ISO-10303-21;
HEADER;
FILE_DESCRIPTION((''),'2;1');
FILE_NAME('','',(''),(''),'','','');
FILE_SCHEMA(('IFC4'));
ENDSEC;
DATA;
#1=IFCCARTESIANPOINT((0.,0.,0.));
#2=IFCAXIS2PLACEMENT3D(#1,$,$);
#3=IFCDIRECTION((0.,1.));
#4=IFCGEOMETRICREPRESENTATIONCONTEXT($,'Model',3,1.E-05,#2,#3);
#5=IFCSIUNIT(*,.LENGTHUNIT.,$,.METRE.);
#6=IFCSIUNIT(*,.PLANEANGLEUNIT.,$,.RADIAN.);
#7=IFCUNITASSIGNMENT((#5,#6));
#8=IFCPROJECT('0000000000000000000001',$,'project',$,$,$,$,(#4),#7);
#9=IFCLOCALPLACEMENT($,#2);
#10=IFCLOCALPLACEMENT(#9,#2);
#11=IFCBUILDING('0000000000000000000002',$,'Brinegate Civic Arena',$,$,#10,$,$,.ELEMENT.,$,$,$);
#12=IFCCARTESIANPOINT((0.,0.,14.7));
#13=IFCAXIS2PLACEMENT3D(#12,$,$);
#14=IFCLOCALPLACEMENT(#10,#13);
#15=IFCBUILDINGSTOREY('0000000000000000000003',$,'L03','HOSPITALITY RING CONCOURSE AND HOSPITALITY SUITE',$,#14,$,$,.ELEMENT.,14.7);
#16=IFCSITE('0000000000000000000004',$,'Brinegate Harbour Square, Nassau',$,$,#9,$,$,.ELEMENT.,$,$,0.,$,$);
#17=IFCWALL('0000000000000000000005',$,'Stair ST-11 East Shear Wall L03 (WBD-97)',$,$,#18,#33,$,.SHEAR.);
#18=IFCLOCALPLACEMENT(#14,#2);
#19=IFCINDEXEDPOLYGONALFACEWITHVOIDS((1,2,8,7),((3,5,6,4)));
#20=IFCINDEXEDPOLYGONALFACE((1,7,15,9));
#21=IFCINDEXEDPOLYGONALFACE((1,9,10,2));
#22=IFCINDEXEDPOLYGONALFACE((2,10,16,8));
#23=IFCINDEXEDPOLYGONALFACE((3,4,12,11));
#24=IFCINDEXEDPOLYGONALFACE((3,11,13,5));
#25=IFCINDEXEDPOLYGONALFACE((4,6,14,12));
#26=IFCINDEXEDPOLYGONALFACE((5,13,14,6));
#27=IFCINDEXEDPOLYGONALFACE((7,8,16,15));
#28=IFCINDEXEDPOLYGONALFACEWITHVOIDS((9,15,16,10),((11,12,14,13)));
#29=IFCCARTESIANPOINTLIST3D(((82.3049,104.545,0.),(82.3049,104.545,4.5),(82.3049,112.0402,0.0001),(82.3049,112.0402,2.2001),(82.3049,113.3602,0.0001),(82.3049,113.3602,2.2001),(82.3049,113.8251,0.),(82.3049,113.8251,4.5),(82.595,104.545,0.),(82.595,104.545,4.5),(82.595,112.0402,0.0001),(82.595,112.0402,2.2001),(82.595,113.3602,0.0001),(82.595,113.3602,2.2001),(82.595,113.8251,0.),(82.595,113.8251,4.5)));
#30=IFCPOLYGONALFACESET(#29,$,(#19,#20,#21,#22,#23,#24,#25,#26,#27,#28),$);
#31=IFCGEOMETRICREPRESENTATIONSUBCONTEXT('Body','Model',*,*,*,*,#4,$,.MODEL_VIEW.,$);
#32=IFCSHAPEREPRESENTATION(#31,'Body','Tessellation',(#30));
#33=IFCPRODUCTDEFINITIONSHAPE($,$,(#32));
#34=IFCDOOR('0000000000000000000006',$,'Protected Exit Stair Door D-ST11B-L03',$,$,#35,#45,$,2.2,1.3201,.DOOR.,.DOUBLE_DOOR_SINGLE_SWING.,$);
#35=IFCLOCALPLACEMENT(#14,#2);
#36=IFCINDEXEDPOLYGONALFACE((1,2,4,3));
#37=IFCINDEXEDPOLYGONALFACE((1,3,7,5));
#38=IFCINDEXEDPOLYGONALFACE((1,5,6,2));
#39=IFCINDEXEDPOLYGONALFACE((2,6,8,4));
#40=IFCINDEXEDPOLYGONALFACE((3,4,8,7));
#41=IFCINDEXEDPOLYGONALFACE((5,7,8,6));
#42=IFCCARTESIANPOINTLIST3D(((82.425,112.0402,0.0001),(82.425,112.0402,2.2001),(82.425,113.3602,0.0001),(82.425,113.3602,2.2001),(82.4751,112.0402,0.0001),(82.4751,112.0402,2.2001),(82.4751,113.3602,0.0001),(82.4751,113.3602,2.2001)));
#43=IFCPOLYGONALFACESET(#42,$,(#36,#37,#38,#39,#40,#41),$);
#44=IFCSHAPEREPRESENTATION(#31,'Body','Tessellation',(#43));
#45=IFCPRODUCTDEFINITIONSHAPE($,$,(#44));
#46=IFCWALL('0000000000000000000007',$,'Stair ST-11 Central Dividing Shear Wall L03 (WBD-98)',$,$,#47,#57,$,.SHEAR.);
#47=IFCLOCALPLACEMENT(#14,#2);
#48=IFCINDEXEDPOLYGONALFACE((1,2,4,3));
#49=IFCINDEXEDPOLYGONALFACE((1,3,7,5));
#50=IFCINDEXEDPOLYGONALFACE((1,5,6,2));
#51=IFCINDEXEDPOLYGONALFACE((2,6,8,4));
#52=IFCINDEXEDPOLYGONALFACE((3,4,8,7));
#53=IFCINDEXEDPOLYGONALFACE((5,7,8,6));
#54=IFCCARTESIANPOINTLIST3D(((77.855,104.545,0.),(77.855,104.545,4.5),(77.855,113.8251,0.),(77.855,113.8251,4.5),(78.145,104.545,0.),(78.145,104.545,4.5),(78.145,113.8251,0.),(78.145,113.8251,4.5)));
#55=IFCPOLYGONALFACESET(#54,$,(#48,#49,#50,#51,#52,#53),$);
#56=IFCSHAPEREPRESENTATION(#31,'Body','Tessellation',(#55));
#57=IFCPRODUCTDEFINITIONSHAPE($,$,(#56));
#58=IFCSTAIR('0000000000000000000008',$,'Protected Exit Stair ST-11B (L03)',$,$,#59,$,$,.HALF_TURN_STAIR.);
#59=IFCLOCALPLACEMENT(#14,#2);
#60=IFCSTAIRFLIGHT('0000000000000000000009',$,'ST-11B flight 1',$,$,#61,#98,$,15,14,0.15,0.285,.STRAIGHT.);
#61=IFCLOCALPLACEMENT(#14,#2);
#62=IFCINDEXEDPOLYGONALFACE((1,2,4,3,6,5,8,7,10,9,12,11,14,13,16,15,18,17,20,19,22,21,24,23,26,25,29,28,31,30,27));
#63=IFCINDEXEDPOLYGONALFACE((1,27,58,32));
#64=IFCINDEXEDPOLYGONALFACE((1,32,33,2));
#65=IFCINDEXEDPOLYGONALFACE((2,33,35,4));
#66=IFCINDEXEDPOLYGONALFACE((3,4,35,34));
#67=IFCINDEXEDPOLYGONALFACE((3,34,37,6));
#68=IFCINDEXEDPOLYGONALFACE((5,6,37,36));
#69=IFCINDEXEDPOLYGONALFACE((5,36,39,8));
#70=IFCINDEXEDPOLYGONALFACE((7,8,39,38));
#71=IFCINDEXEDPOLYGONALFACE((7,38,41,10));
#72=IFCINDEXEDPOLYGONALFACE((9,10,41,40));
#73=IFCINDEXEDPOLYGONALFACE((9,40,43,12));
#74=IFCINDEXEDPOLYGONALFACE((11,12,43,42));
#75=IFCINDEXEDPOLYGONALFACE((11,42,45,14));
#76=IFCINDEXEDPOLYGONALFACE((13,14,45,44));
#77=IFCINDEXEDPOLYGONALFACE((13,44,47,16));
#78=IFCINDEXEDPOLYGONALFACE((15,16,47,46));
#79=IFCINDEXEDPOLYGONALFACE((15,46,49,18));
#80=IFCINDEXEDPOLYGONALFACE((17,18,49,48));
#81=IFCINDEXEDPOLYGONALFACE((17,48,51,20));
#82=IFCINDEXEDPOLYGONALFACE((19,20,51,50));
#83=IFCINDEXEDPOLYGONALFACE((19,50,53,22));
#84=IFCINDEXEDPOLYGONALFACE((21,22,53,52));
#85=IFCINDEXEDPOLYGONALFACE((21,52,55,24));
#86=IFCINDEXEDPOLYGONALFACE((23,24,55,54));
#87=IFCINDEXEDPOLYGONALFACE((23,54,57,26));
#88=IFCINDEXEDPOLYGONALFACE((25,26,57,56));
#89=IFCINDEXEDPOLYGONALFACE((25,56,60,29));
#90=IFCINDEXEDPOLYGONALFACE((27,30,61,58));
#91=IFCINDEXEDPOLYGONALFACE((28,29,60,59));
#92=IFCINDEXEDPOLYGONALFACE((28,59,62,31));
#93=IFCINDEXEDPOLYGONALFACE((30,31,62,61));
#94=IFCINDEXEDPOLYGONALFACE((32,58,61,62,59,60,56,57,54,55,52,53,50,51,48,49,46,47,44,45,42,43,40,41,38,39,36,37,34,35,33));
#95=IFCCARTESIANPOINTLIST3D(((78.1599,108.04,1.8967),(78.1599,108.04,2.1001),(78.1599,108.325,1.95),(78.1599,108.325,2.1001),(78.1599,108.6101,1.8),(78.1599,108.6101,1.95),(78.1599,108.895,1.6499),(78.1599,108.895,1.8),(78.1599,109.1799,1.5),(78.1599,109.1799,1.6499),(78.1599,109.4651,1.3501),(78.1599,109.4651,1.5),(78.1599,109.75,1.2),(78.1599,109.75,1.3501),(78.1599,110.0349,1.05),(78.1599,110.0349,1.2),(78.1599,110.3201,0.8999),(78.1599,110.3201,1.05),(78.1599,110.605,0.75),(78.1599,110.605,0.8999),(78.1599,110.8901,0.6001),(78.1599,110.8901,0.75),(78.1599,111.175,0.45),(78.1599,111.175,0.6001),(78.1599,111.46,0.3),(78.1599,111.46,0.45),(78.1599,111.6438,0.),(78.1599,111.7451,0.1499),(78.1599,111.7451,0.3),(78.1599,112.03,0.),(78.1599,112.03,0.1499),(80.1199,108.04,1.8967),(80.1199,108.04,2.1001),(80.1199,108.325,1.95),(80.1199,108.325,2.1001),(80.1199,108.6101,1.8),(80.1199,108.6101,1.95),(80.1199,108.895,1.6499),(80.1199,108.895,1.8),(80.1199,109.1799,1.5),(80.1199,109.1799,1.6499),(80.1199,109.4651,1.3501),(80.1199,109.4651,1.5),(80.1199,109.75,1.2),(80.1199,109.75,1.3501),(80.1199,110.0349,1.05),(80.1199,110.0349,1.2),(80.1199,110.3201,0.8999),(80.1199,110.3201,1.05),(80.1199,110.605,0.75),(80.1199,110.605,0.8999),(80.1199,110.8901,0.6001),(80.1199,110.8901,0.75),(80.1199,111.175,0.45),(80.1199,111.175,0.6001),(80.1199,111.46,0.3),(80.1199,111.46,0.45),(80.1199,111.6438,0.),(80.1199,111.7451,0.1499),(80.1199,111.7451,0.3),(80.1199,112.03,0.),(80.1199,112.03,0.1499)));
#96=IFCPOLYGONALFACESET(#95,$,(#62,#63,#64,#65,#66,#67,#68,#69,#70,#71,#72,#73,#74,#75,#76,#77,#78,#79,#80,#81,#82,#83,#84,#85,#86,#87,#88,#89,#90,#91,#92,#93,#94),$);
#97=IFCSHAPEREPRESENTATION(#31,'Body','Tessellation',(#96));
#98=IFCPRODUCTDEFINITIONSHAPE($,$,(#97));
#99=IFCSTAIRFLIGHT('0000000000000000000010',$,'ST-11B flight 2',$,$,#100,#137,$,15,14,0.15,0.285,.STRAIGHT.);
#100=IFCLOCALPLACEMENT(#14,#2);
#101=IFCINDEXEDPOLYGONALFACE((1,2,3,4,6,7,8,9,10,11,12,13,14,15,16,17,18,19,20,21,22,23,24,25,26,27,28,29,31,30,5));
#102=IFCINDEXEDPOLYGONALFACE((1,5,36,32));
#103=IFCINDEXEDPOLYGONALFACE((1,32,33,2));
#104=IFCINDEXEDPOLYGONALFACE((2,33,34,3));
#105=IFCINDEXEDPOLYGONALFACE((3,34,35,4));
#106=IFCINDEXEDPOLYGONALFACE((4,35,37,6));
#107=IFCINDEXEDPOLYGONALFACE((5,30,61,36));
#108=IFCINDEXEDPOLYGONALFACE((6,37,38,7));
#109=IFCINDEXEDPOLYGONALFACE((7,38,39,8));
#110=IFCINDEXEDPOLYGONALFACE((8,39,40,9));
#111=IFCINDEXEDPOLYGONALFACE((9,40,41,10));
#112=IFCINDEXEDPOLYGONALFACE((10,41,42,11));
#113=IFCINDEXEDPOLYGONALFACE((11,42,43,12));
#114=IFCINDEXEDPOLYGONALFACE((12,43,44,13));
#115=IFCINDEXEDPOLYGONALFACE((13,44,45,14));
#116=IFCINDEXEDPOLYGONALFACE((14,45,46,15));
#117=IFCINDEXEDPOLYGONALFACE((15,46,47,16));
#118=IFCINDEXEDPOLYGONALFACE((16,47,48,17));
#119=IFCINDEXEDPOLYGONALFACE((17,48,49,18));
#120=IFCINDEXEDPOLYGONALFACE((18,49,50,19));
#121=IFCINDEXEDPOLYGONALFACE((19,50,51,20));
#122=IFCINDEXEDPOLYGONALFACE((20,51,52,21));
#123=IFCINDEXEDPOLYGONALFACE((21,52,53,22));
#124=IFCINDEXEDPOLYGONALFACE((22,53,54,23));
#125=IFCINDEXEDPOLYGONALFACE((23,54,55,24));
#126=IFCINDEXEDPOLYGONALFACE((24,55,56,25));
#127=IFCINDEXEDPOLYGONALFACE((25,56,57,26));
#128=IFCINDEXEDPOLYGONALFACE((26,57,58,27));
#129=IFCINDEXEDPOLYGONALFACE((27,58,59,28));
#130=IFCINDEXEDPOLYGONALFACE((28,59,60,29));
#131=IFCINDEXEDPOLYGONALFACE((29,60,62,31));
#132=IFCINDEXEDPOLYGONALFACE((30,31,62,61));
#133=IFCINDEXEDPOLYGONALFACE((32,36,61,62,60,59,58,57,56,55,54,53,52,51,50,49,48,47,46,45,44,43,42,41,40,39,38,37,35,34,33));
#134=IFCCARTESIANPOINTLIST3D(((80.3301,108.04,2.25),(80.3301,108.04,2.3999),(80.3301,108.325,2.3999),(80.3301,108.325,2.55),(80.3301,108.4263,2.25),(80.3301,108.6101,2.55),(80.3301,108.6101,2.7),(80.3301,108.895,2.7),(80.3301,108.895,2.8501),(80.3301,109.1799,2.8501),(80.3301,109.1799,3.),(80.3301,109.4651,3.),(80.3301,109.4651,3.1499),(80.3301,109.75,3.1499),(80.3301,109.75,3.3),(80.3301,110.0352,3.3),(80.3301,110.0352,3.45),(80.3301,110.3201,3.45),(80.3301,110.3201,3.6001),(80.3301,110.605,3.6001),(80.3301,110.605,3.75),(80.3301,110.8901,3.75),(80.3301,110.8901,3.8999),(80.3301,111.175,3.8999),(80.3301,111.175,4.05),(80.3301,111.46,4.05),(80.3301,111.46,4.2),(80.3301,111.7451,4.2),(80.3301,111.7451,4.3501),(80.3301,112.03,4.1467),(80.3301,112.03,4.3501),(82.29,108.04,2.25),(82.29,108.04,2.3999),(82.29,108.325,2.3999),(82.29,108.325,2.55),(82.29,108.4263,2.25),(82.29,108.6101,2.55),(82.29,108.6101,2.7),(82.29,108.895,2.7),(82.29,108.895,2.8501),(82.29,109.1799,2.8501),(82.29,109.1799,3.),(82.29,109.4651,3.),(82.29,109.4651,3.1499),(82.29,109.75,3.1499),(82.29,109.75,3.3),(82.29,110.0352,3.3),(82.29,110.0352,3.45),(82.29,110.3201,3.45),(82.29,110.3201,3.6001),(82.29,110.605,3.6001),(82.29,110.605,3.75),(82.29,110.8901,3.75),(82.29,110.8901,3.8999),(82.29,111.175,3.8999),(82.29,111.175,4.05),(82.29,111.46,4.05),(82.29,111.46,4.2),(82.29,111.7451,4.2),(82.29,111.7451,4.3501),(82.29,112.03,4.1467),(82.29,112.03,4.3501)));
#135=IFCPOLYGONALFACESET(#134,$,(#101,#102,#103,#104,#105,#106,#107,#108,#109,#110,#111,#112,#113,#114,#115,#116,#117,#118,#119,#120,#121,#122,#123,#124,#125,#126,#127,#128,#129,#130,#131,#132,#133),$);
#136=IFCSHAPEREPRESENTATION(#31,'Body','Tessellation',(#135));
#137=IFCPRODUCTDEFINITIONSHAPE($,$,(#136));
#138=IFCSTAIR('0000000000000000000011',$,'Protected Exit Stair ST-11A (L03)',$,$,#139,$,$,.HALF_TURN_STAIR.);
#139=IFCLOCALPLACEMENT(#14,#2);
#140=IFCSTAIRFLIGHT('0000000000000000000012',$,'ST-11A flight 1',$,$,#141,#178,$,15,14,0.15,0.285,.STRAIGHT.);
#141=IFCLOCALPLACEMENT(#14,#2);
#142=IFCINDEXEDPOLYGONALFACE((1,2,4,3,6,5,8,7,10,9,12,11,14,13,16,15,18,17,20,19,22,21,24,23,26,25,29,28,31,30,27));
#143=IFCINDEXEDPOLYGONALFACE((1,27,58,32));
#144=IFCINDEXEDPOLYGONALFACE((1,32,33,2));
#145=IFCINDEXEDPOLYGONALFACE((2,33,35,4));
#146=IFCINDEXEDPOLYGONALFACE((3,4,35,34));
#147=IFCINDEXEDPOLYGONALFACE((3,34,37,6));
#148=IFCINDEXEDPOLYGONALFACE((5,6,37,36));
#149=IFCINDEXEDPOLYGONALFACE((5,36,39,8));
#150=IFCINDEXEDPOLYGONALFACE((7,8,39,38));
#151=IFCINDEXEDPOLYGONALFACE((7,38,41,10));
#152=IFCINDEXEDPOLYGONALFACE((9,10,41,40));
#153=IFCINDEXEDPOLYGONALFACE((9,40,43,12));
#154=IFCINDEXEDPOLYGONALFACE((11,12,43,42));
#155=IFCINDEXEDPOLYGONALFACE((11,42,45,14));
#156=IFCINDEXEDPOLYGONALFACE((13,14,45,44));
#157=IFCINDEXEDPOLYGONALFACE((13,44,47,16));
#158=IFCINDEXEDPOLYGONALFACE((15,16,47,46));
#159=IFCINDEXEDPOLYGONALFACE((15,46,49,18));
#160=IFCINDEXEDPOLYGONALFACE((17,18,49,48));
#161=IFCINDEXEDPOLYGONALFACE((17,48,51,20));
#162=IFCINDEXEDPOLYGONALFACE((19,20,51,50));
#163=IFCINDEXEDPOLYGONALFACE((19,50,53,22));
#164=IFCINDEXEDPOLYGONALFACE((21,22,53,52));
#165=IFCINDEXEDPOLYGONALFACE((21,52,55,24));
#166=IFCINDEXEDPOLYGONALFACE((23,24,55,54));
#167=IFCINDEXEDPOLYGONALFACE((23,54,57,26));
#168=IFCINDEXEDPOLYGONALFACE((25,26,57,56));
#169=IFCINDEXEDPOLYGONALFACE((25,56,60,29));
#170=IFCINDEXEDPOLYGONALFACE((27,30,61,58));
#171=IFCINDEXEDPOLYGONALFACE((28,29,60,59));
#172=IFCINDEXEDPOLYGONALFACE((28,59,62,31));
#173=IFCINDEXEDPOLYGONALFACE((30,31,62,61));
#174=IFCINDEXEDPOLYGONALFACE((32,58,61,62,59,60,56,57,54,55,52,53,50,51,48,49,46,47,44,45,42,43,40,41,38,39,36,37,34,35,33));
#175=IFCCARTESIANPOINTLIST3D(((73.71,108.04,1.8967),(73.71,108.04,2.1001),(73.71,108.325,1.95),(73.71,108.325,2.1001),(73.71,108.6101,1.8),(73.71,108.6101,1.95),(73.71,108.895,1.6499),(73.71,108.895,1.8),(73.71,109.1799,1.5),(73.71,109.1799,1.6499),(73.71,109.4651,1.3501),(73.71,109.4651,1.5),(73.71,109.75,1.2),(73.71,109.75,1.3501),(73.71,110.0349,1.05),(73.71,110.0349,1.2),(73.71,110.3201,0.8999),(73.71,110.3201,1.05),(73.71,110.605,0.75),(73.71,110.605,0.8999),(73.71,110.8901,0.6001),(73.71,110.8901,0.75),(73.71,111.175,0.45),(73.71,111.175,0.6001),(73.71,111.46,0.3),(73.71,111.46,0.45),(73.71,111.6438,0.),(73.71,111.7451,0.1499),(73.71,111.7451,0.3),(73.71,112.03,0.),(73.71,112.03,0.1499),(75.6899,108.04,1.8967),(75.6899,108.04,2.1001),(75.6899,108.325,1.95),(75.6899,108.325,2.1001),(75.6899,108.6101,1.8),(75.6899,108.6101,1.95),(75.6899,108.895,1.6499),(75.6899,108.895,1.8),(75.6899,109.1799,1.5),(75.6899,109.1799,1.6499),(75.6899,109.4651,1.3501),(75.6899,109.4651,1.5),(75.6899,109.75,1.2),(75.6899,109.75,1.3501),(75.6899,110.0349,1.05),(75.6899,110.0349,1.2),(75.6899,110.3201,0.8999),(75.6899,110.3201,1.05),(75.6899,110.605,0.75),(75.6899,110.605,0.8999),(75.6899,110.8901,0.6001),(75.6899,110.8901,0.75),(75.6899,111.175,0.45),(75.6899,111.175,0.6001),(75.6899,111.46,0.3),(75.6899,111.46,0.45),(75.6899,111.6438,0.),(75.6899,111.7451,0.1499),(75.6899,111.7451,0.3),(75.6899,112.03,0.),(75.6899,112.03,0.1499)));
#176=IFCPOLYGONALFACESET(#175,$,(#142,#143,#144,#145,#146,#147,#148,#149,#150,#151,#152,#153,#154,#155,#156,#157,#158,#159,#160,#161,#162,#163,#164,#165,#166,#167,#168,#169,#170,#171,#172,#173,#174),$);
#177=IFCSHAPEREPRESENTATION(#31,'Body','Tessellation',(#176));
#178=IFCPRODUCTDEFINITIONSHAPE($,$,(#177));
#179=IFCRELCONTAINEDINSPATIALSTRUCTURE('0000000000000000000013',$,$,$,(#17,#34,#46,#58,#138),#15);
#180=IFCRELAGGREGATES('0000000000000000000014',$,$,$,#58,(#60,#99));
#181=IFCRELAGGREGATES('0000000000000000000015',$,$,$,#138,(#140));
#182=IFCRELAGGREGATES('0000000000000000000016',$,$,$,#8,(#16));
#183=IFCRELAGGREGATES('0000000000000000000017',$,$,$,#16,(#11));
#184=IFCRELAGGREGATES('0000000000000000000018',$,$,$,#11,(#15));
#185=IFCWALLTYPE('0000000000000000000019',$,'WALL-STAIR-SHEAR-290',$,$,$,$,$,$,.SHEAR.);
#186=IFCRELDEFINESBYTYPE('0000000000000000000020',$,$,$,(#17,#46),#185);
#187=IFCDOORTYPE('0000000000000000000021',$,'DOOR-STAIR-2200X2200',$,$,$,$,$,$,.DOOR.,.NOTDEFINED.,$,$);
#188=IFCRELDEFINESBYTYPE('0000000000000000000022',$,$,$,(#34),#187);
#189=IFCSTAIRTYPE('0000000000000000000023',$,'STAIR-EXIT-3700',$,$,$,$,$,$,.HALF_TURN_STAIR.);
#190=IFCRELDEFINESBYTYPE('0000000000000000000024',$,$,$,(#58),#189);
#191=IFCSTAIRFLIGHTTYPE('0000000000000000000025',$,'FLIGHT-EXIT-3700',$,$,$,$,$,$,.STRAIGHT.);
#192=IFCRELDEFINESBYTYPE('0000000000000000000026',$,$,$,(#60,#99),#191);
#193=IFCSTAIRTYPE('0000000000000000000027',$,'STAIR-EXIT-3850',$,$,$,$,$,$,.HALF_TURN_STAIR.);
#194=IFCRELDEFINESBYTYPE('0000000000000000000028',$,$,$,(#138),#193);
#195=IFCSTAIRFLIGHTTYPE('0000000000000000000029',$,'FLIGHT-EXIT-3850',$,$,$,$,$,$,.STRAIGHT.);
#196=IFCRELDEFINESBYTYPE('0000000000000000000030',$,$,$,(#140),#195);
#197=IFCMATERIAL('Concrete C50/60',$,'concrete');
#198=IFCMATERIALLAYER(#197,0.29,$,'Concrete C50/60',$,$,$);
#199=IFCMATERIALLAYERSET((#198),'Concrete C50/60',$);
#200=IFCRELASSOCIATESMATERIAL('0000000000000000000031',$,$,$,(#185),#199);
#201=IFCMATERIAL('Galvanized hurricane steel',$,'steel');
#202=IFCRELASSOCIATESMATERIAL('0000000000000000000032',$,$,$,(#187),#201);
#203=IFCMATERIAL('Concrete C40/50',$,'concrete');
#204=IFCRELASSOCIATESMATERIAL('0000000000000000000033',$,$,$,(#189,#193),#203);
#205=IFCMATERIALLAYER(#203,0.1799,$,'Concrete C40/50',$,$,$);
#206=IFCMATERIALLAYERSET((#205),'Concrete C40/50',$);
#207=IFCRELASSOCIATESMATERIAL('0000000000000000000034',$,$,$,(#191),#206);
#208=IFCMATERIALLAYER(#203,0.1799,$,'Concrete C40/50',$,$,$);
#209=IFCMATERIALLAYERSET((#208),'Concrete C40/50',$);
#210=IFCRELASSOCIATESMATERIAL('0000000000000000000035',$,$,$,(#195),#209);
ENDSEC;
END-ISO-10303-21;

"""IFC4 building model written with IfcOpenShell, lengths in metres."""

from ifc_helpers import new_model, si_unit, direction, frame, frame_2d, origin, place, context, subcontext, project, spatial, polyline, rectangle, outline, extrude, material, layer, layer_set, type_object, element, fill, aggregate, save


model = new_model("IFC4")

# Units and contexts
model_context = context("Model", 3, precision=1e-05, world=origin(), true_north=direction((0.0, 1.0)))
body_context = subcontext(model_context, "Body", "Model", "MODEL_VIEW")
ifc_project = project(units=[si_unit("LENGTHUNIT", "METRE"), si_unit("PLANEANGLEUNIT", "RADIAN")], contexts=[model_context])

# Site, building, storey
site_placement = place(None, origin())
site = spatial("IfcSite", under=ifc_project, at=site_placement, Name="Brinegate Harbour Square, Nassau", CompositionType="ELEMENT", RefElevation=0.0)
building_placement = place(site_placement, origin())
building = spatial("IfcBuilding", under=site, at=building_placement, Name="Brinegate Civic Arena", CompositionType="ELEMENT")
storey_placement = place(building_placement, frame((0.0, 0.0, 14.7)))
storey = spatial("IfcBuildingStorey", under=building, at=storey_placement, Name="L03", Description="HOSPITALITY RING CONCOURSE AND HOSPITALITY SUITE", CompositionType="ELEMENT", Elevation=14.7)

# Shared definitions
ifc_material_1 = material(Name="Concrete C50/60", Category="concrete")

# Wall, opening, door
ifc_layer_1 = layer(ifc_material_1, 0.29, Name="Concrete C50/60")
ifc_layer_set_1 = layer_set([ifc_layer_1], Name="Concrete C50/60")
wall_type_1 = type_object("IfcWallType", Name="WALL-STAIR-SHEAR-290", PredefinedType="SHEAR", material=ifc_layer_set_1)
ifc_material_2 = material(Name="Galvanized hurricane steel", Category="steel")
wall_1_placement = place(storey_placement, frame((82.45, 104.5449, 0.0), z_axis=(0.0, 0.0, 1.0), x_axis=(0.0, 1.0, 0.0)))
wall_1 = element("IfcWall", 1, at=wall_1_placement, inside=storey, type_object=wall_type_1, Name="Stair ST-11 East Shear Wall L03 (WBD-97)", PredefinedType="SHEAR", context=body_context, shape_type="SweptSolid", body=[
    extrude(rectangle(XDim=9.28, YDim=0.29, at=frame_2d((4.6401, 0.0))), origin(), (0.0, 0.0, 1.0), 4.5),
])
opening_1_placement = place(wall_1_placement, frame((7.4951, 0.0, 0.0)))
opening_1 = element("IfcOpeningElement", 2, at=opening_1_placement, cuts=wall_1, PredefinedType="OPENING", context=body_context, shape_type="SweptSolid", body=[
    extrude(rectangle(XDim=1.3201, YDim=2.2, at=frame_2d((0.6602, 1.1001))), frame((0.0, 0.155, 0.0), z_axis=(0.0, -1.0, 0.0), x_axis=(1.0, 0.0, 0.0)), (0.0, 0.0, 1.0), 0.3101),
])
door_type_1 = type_object("IfcDoorType", Name="DOOR-STAIR-2200X2200", OperationType="NOTDEFINED", PredefinedType="DOOR", material=ifc_material_2)
door_1_placement = place(opening_1_placement, origin())
door_1 = element("IfcDoor", 3, at=door_1_placement, inside=storey, type_object=door_type_1, Name="Protected Exit Stair Door D-ST11B-L03", OperationType="DOUBLE_DOOR_SINGLE_SWING", OverallHeight=2.2, OverallWidth=1.3201, PredefinedType="DOOR", context=body_context, shape_type="SweptSolid", body=[
    extrude(rectangle(XDim=1.3201, YDim=2.2, at=frame_2d((0.6602, 1.1001))), frame((0.0, 0.0249, 0.0), z_axis=(0.0, -1.0, 0.0), x_axis=(1.0, 0.0, 0.0)), (0.0, 0.0, 1.0), 0.05),
])
fill(opening_1, door_1)

# Wall
wall_2_placement = place(storey_placement, frame((78.0, 104.5449, 0.0), z_axis=(0.0, 0.0, 1.0), x_axis=(0.0, 1.0, 0.0)))
element("IfcWall", 4, at=wall_2_placement, inside=storey, type_object=wall_type_1, Name="Stair ST-11 Central Dividing Shear Wall L03 (WBD-98)", PredefinedType="SHEAR", context=body_context, shape_type="SweptSolid", body=[
    extrude(rectangle(XDim=9.28, YDim=0.29, at=frame_2d((4.6401, 0.0))), origin(), (0.0, 0.0, 1.0), 4.5),
])

# Stairs, stair flights
ifc_material_3 = material(Name="Concrete C40/50", Category="concrete")
stair_type_1 = type_object("IfcStairType", Name="STAIR-EXIT-3700", PredefinedType="HALF_TURN_STAIR", material=ifc_material_3)
stair_1_placement = place(storey_placement, origin())
stair_1 = element("IfcStair", 5, at=stair_1_placement, inside=storey, type_object=stair_type_1, Name="Protected Exit Stair ST-11B (L03)", PredefinedType="HALF_TURN_STAIR")
ifc_layer_2 = layer(ifc_material_3, 0.1799, Name="Concrete C40/50")
ifc_layer_set_2 = layer_set([ifc_layer_2], Name="Concrete C40/50")
stair_flight_type_1 = type_object("IfcStairFlightType", Name="FLIGHT-EXIT-3700", PredefinedType="STRAIGHT", material=ifc_layer_set_2)
stair_flight_1_placement = place(storey_placement, frame((79.1399, 112.03, 0.0), z_axis=(0.0, 0.0, 1.0), x_axis=(0.0, -1.0, 0.0)))
stair_flight_1 = element("IfcStairFlight", 6, at=stair_flight_1_placement, type_object=stair_flight_type_1, Name="ST-11B flight 1", NumberOfRisers=15, NumberOfTreads=14, PredefinedType="STRAIGHT", RiserHeight=0.15, TreadLength=0.285, context=body_context, shape_type="SweptSolid", body=[
    extrude(outline(polyline([(0.0, 0.0), (0.0, 0.1499), (0.2849, 0.1499), (0.2849, 0.3), (0.5701, 0.3), (0.5701, 0.45), (0.855, 0.45), (0.855, 0.6001), (1.1399, 0.6001), (1.1399, 0.75), (1.425, 0.75), (1.425, 0.8999), (1.71, 0.8999), (1.71, 1.05), (1.9951, 1.05), (1.9951, 1.2), (2.28, 1.2), (2.28, 1.3501), (2.5649, 1.3501), (2.5649, 1.5), (2.8501, 1.5), (2.8501, 1.6499), (3.135, 1.6499), (3.135, 1.8), (3.4199, 1.8), (3.4199, 1.95), (3.7051, 1.95), (3.7051, 2.1001), (3.99, 2.1001), (3.99, 2.25), (3.99, 1.8967), (0.3862, 0.0), (0.0, 0.0)])), frame((0.0, 0.98, 0.0), z_axis=(0.0, -1.0, 0.0), x_axis=(1.0, 0.0, 0.0)), (0.0, 0.0, 1.0), 1.96),
])
stair_flight_2_placement = place(storey_placement, frame((81.3101, 108.04, 2.25), z_axis=(0.0, 0.0, 1.0), x_axis=(0.0, 1.0, 0.0)))
stair_flight_2 = element("IfcStairFlight", 7, at=stair_flight_2_placement, type_object=stair_flight_type_1, Name="ST-11B flight 2", NumberOfRisers=15, NumberOfTreads=14, PredefinedType="STRAIGHT", RiserHeight=0.15, TreadLength=0.285, context=body_context, shape_type="SweptSolid", body=[
    extrude(outline(polyline([(0.0, 0.0), (0.0, 0.1499), (0.2849, 0.1499), (0.2849, 0.3), (0.5701, 0.3), (0.5701, 0.45), (0.855, 0.45), (0.855, 0.6001), (1.1399, 0.6001), (1.1399, 0.75), (1.425, 0.75), (1.425, 0.8999), (1.71, 0.8999), (1.71, 1.05), (1.9951, 1.05), (1.9951, 1.2), (2.28, 1.2), (2.28, 1.3501), (2.5649, 1.3501), (2.5649, 1.5), (2.8501, 1.5), (2.8501, 1.6499), (3.135, 1.6499), (3.135, 1.8), (3.4199, 1.8), (3.4199, 1.95), (3.7051, 1.95), (3.7051, 2.1001), (3.99, 2.1001), (3.99, 2.25), (3.99, 1.8967), (0.3862, 0.0), (0.0, 0.0)])), frame((0.0, 0.98, 0.0), z_axis=(0.0, -1.0, 0.0), x_axis=(1.0, 0.0, 0.0)), (0.0, 0.0, 1.0), 1.96),
])
aggregate(stair_1, [stair_flight_1, stair_flight_2])
stair_type_2 = type_object("IfcStairType", Name="STAIR-EXIT-3850", PredefinedType="HALF_TURN_STAIR", material=ifc_material_3)
stair_2_placement = place(storey_placement, origin())
stair_2 = element("IfcStair", 8, at=stair_2_placement, inside=storey, type_object=stair_type_2, Name="Protected Exit Stair ST-11A (L03)", PredefinedType="HALF_TURN_STAIR")
ifc_layer_3 = layer(ifc_material_3, 0.1799, Name="Concrete C40/50")
ifc_layer_set_3 = layer_set([ifc_layer_3], Name="Concrete C40/50")
stair_flight_type_2 = type_object("IfcStairFlightType", Name="FLIGHT-EXIT-3850", PredefinedType="STRAIGHT", material=ifc_layer_set_3)
stair_flight_3_placement = place(storey_placement, frame((74.7, 112.03, 0.0), z_axis=(0.0, 0.0, 1.0), x_axis=(0.0, -1.0, 0.0)))
stair_flight_3 = element("IfcStairFlight", 9, at=stair_flight_3_placement, type_object=stair_flight_type_2, Name="ST-11A flight 1", NumberOfRisers=15, NumberOfTreads=14, PredefinedType="STRAIGHT", RiserHeight=0.15, TreadLength=0.285, context=body_context, shape_type="SweptSolid", body=[
    extrude(outline(polyline([(0.0, 0.0), (0.0, 0.1499), (0.2849, 0.1499), (0.2849, 0.3), (0.5701, 0.3), (0.5701, 0.45), (0.855, 0.45), (0.855, 0.6001), (1.1399, 0.6001), (1.1399, 0.75), (1.425, 0.75), (1.425, 0.8999), (1.71, 0.8999), (1.71, 1.05), (1.9951, 1.05), (1.9951, 1.2), (2.28, 1.2), (2.28, 1.3501), (2.5649, 1.3501), (2.5649, 1.5), (2.8501, 1.5), (2.8501, 1.6499), (3.135, 1.6499), (3.135, 1.8), (3.4199, 1.8), (3.4199, 1.95), (3.7051, 1.95), (3.7051, 2.1001), (3.99, 2.1001), (3.99, 2.25), (3.99, 1.8967), (0.3862, 0.0), (0.0, 0.0)])), frame((0.0, 0.99, 0.0), z_axis=(0.0, -1.0, 0.0), x_axis=(1.0, 0.0, 0.0)), (0.0, 0.0, 1.0), 1.98),
])
aggregate(stair_2, [stair_flight_3])

save(model, "model.ifc")
